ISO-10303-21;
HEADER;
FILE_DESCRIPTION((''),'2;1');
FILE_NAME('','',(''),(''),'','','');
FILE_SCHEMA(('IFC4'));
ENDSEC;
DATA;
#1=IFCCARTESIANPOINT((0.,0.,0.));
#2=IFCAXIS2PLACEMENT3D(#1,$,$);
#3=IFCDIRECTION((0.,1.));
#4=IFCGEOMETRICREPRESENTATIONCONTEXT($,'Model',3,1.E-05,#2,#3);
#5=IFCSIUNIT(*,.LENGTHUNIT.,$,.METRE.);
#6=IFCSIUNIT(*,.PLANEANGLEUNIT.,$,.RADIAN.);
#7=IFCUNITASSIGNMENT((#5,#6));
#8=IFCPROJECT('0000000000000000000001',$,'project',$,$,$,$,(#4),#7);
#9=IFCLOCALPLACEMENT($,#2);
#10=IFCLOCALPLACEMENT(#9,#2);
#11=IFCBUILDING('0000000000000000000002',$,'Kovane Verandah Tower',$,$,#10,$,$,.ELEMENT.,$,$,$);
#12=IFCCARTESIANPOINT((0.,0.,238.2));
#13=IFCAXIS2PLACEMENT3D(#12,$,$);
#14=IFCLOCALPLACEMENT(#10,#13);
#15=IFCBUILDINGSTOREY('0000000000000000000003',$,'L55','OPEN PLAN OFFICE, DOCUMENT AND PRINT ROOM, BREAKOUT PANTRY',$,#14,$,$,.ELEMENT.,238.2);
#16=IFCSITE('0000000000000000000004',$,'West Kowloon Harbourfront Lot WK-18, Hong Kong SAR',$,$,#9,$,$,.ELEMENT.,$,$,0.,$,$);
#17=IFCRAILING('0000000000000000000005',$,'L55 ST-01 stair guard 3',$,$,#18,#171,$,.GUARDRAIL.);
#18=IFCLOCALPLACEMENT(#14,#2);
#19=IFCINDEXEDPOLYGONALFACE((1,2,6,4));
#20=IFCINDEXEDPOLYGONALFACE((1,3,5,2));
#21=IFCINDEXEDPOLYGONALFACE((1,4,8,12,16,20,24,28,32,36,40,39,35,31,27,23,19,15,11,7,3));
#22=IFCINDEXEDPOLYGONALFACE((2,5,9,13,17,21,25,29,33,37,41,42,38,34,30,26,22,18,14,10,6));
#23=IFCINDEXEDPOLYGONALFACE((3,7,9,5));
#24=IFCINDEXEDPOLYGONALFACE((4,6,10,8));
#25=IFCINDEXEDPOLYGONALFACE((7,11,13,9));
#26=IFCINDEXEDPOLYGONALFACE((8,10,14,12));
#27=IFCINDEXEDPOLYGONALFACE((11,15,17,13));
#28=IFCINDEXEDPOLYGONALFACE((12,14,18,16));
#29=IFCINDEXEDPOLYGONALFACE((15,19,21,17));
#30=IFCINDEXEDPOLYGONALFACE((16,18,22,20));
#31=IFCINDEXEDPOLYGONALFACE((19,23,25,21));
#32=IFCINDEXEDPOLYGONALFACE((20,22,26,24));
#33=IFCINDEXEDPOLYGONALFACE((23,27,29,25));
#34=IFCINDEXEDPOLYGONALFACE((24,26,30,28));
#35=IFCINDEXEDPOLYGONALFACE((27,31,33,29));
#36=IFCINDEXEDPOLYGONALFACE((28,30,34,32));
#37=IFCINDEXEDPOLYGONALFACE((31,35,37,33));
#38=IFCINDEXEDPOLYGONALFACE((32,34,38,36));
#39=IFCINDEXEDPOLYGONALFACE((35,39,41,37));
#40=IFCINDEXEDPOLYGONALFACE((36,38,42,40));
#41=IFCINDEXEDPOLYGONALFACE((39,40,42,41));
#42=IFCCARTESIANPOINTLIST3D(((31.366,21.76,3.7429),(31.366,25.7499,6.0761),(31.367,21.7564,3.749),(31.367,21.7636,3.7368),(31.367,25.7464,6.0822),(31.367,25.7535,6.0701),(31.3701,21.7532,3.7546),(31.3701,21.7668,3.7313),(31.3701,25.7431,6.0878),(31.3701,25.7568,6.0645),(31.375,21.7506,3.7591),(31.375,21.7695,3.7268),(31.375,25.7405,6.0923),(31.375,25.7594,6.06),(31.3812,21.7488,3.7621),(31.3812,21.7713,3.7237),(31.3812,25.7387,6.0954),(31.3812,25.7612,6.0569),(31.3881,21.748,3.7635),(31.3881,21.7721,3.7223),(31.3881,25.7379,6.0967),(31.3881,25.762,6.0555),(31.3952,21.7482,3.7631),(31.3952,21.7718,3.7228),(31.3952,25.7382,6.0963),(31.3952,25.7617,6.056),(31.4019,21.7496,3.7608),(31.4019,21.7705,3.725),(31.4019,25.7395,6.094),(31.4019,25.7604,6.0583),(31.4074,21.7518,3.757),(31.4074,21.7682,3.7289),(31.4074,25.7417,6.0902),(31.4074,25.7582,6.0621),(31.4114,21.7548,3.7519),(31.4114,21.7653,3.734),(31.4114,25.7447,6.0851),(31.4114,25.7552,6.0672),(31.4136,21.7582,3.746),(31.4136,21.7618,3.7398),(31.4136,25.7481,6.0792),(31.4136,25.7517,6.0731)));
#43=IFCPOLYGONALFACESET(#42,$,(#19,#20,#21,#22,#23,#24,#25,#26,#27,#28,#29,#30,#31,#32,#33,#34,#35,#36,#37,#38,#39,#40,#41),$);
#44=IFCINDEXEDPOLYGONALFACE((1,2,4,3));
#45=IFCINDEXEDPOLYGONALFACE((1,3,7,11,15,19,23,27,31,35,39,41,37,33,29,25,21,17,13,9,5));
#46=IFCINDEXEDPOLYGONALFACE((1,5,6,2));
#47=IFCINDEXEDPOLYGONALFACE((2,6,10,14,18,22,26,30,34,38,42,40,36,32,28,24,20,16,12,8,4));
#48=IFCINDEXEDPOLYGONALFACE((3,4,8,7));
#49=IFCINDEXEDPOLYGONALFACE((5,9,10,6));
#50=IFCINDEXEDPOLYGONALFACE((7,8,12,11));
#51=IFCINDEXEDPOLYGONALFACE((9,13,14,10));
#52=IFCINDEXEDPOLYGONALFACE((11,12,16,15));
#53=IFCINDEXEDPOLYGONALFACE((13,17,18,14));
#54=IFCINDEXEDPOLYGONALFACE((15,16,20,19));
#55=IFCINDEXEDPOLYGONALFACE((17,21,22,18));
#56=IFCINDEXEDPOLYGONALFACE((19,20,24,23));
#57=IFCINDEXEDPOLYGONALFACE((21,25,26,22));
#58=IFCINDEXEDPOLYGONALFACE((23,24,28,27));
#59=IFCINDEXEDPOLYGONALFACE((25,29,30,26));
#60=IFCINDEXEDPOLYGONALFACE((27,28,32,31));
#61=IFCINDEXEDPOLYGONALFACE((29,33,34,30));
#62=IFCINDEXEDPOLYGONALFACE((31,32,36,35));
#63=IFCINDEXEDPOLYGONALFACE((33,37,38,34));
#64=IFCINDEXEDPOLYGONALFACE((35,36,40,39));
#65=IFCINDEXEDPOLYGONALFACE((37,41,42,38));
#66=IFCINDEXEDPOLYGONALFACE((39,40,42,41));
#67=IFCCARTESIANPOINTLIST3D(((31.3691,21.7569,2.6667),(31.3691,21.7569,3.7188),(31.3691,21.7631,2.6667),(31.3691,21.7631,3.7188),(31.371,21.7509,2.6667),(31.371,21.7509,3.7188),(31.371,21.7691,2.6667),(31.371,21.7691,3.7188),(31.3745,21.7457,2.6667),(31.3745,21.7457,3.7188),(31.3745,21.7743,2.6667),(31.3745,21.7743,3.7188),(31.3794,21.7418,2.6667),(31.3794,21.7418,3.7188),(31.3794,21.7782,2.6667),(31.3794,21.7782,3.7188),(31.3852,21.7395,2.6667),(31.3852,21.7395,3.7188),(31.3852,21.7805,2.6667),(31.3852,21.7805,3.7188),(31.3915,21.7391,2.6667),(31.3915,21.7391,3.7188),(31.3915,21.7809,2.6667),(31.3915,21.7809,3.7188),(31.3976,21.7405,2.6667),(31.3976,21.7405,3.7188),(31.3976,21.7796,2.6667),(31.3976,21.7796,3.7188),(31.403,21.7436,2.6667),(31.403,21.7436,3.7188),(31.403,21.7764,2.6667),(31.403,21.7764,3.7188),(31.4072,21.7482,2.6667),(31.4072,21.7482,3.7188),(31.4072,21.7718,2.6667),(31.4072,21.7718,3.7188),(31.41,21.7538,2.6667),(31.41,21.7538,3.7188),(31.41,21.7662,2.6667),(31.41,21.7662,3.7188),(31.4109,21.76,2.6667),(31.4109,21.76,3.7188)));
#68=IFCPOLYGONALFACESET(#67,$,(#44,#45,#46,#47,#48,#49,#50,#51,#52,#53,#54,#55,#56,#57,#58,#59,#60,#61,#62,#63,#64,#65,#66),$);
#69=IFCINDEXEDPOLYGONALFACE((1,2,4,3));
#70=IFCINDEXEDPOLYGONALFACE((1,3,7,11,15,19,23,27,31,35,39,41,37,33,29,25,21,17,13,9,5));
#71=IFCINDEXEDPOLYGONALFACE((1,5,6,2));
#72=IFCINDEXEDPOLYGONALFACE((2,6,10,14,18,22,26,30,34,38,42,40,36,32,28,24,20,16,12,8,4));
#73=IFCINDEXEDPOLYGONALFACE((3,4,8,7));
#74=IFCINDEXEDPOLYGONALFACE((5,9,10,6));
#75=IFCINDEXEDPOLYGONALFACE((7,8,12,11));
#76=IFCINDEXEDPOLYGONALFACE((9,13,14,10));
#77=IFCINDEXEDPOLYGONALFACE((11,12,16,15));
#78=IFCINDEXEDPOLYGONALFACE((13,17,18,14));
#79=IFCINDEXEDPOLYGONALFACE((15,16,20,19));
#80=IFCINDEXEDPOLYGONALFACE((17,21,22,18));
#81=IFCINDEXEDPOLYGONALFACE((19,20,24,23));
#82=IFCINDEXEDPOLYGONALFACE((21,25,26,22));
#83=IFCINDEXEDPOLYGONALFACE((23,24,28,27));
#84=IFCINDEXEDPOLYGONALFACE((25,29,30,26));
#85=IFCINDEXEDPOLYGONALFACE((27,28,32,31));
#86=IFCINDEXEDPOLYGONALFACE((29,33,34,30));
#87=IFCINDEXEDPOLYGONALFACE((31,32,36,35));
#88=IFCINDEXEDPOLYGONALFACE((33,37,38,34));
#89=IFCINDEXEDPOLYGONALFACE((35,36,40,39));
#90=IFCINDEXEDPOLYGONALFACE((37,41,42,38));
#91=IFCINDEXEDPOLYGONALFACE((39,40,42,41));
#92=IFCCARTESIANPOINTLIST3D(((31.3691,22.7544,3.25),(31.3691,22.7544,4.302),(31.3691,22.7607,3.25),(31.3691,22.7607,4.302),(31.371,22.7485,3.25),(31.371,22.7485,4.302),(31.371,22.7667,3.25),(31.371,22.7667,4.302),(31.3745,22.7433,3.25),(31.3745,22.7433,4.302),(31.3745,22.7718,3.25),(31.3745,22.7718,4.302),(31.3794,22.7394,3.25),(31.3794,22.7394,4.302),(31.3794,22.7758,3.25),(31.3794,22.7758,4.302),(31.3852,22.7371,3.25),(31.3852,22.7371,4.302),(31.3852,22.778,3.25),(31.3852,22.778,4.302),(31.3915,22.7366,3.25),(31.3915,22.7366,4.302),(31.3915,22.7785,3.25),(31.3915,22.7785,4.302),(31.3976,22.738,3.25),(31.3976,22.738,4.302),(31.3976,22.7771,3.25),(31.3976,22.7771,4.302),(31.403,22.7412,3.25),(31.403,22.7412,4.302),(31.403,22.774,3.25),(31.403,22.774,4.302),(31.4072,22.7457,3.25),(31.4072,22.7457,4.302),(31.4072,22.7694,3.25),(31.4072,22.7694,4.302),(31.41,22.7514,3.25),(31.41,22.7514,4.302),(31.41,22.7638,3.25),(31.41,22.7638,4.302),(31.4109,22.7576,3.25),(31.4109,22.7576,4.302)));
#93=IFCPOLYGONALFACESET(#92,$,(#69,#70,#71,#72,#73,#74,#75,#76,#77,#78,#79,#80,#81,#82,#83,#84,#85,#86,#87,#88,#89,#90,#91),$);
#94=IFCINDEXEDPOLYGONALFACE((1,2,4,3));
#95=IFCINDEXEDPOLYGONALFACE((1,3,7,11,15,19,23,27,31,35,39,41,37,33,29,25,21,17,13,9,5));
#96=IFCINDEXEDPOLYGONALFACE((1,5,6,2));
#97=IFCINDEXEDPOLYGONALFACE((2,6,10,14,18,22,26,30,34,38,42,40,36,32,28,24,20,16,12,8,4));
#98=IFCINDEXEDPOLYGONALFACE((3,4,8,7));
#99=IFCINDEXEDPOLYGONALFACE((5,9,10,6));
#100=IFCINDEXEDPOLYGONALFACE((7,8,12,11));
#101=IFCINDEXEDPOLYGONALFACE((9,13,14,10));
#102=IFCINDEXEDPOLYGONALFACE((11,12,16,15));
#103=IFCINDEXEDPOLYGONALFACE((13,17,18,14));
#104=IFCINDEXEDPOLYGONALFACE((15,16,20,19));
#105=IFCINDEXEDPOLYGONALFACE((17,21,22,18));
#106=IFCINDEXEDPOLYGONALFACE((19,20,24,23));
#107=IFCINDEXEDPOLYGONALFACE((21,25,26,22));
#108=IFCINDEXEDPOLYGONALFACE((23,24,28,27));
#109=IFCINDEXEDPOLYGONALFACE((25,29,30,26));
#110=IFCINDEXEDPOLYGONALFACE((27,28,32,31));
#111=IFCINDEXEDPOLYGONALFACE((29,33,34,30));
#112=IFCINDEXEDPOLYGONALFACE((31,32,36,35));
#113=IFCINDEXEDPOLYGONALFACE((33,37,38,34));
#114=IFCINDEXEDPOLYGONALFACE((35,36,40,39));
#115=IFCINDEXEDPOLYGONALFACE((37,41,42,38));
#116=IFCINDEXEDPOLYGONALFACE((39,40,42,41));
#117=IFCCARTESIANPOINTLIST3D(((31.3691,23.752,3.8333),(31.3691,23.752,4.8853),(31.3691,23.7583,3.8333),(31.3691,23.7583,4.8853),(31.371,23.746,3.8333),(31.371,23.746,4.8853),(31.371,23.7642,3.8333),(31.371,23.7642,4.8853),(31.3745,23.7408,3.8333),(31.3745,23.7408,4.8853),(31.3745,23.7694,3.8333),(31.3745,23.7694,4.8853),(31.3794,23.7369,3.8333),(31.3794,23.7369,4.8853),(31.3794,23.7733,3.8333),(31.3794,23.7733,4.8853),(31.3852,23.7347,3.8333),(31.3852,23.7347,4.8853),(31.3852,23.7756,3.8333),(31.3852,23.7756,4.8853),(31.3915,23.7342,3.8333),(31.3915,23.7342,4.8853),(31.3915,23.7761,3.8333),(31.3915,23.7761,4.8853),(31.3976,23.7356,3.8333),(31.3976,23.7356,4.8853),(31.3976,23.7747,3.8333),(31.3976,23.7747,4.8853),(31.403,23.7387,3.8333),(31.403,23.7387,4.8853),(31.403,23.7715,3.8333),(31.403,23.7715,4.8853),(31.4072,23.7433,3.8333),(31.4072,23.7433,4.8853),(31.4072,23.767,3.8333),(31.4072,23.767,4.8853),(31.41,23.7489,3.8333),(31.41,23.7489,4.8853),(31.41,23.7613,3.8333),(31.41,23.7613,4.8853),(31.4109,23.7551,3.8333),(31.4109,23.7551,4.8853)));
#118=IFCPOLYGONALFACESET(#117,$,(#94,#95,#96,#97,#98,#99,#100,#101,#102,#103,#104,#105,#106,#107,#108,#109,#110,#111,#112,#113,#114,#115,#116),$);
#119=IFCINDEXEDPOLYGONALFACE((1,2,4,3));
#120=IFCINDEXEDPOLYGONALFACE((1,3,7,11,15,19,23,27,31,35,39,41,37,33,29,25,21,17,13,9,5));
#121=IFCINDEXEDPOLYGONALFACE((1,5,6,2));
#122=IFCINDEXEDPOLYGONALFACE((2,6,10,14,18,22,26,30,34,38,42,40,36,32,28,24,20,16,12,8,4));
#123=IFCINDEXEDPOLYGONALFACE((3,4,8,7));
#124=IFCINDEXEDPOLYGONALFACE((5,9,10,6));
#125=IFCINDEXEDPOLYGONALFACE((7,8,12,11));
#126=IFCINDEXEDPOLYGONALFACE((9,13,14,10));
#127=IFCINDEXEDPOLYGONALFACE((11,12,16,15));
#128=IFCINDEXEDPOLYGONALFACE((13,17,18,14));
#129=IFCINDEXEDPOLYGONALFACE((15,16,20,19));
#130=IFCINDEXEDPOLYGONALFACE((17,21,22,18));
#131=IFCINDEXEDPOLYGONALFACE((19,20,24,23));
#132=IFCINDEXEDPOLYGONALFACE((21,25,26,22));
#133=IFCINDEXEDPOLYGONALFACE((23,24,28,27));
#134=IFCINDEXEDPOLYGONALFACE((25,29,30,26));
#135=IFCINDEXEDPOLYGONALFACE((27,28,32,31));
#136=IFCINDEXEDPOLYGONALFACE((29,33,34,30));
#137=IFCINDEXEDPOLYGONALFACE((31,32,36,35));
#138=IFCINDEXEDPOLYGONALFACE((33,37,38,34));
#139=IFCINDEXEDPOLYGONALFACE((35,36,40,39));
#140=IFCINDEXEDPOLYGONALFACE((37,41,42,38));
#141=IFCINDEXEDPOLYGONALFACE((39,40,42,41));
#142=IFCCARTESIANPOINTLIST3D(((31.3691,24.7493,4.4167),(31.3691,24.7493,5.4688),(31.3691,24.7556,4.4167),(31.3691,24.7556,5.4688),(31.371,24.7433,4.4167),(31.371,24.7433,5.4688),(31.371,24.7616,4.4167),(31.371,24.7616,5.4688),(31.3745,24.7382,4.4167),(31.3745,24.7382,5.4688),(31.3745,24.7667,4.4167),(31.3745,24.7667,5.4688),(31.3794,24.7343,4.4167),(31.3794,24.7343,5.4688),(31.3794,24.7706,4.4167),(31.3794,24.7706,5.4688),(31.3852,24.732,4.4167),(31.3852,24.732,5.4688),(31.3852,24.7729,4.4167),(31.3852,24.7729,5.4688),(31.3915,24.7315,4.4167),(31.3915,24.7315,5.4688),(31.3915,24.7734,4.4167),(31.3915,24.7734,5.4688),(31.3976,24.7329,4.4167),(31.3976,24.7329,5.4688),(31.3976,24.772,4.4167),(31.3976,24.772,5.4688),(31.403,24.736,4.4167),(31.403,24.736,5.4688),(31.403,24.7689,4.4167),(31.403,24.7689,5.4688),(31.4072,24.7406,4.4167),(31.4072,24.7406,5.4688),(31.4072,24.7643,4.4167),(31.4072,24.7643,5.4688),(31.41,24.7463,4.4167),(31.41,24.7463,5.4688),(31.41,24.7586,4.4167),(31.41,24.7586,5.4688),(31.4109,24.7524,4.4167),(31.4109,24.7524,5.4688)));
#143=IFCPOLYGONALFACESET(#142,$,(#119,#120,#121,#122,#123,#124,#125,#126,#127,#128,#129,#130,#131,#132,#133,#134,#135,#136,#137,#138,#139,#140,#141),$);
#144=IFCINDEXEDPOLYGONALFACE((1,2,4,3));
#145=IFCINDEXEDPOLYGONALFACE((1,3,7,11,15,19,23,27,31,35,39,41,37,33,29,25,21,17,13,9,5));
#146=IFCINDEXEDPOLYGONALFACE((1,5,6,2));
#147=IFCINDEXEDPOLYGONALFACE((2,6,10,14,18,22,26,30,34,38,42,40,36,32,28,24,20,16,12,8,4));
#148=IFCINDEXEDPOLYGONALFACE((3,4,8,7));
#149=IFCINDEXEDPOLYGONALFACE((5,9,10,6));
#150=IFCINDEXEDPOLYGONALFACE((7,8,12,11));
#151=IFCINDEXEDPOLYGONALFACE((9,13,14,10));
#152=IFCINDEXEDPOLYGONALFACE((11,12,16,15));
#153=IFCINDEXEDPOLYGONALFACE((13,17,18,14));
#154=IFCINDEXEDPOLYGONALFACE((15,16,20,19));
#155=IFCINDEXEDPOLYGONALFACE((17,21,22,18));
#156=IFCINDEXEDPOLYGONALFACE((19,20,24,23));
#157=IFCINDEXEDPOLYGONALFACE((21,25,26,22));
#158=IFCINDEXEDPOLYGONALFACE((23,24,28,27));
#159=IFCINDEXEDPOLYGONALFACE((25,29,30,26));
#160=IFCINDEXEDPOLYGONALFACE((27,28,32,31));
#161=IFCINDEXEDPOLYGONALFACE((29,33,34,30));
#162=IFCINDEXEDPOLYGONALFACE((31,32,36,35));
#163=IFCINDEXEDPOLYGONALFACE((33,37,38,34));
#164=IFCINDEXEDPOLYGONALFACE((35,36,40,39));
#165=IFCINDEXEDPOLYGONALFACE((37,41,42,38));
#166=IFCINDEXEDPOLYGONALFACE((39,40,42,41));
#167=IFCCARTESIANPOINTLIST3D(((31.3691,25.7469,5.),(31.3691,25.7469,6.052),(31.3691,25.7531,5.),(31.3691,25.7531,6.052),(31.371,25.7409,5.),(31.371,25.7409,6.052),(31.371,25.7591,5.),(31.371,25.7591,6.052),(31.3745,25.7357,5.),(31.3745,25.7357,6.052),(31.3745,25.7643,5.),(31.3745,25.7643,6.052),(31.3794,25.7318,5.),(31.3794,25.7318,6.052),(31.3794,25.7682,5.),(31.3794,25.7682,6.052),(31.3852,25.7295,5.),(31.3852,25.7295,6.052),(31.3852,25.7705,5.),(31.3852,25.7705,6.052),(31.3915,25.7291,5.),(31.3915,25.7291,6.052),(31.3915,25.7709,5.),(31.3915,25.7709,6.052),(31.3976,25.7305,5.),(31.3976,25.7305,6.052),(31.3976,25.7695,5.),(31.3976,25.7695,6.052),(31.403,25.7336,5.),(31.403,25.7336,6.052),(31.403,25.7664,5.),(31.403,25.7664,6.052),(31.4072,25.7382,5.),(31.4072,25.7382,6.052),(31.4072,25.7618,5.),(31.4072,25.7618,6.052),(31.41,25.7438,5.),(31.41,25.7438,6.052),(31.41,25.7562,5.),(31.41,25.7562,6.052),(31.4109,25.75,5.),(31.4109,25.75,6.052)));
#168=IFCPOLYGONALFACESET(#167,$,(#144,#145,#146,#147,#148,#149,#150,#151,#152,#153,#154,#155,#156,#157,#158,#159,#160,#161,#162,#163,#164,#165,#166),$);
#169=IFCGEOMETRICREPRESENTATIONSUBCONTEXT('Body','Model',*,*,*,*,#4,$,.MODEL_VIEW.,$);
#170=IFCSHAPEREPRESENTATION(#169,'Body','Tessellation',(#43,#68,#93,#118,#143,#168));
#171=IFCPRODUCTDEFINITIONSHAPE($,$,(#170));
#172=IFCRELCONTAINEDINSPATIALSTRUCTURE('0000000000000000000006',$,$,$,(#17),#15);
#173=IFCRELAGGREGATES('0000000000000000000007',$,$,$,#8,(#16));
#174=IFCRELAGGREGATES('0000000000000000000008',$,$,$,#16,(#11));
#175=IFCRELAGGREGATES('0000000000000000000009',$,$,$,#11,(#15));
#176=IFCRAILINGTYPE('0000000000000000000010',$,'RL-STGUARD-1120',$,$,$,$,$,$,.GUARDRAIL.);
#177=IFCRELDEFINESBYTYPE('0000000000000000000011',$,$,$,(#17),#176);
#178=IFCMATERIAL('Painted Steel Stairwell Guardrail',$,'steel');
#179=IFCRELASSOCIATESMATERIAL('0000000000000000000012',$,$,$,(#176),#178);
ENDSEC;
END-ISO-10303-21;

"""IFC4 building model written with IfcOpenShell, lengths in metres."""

from ifc_helpers import new_model, si_unit, direction, frame, origin, origin_2d, place, context, subcontext, project, spatial, circle, extrude, material, type_object, element, save


model = new_model("IFC4")

# Units and contexts
model_context = context("Model", 3, precision=1e-05, world=origin(), true_north=direction((0.0, 1.0)))
body_context = subcontext(model_context, "Body", "Model", "MODEL_VIEW")
ifc_project = project(units=[si_unit("LENGTHUNIT", "METRE"), si_unit("PLANEANGLEUNIT", "RADIAN")], contexts=[model_context])

# Site, building, storey
site_placement = place(None, origin())
site = spatial("IfcSite", under=ifc_project, at=site_placement, Name="West Kowloon Harbourfront Lot WK-18, Hong Kong SAR", CompositionType="ELEMENT", RefElevation=0.0)
building_placement = place(site_placement, origin())
building = spatial("IfcBuilding", under=site, at=building_placement, Name="Kovane Verandah Tower", CompositionType="ELEMENT")
storey_placement = place(building_placement, frame((0.0, 0.0, 238.2)))
storey = spatial("IfcBuildingStorey", under=building, at=storey_placement, Name="L55", Description="OPEN PLAN OFFICE, DOCUMENT AND PRINT ROOM, BREAKOUT PANTRY", CompositionType="ELEMENT", Elevation=238.2)

# Railing
ifc_material_1 = material(Name="Painted Steel Stairwell Guardrail", Category="steel")
railing_type_1 = type_object("IfcRailingType", Name="RL-STGUARD-1120", PredefinedType="GUARDRAIL", material=ifc_material_1)
railing_1_placement = place(storey_placement, frame((31.3899, 21.76, 2.6667)))
element("IfcRailing", 1, at=railing_1_placement, inside=storey, type_object=railing_type_1, Name="L55 ST-01 stair guard 3", PredefinedType="GUARDRAIL", context=body_context, shape_type="SweptSolid", body=[
    extrude(circle(Radius=0.0239, at=origin_2d()), frame((0.0, 0.0, 1.0762), z_axis=(0.0, 0.863236, 0.5048), x_axis=(-1.0, 0.0, 0.0)), (0.0, 0.0, 1.0), 4.6221),
    extrude(circle(Radius=0.021, at=origin_2d()), origin(), (0.0, 0.0, 1.0), 1.052),
    extrude(circle(Radius=0.021, at=origin_2d()), frame((0.0, 0.9976, 0.5833)), (0.0, 0.0, 1.0), 1.052),
    extrude(circle(Radius=0.021, at=origin_2d()), frame((0.0, 1.9951, 1.1665)), (0.0, 0.0, 1.0), 1.052),
    extrude(circle(Radius=0.021, at=origin_2d()), frame((0.0, 2.9924, 1.75)), (0.0, 0.0, 1.0), 1.052),
    extrude(circle(Radius=0.021, at=origin_2d()), frame((0.0, 3.99, 2.3333)), (0.0, 0.0, 1.0), 1.052),
])

save(model, "model.ifc")
